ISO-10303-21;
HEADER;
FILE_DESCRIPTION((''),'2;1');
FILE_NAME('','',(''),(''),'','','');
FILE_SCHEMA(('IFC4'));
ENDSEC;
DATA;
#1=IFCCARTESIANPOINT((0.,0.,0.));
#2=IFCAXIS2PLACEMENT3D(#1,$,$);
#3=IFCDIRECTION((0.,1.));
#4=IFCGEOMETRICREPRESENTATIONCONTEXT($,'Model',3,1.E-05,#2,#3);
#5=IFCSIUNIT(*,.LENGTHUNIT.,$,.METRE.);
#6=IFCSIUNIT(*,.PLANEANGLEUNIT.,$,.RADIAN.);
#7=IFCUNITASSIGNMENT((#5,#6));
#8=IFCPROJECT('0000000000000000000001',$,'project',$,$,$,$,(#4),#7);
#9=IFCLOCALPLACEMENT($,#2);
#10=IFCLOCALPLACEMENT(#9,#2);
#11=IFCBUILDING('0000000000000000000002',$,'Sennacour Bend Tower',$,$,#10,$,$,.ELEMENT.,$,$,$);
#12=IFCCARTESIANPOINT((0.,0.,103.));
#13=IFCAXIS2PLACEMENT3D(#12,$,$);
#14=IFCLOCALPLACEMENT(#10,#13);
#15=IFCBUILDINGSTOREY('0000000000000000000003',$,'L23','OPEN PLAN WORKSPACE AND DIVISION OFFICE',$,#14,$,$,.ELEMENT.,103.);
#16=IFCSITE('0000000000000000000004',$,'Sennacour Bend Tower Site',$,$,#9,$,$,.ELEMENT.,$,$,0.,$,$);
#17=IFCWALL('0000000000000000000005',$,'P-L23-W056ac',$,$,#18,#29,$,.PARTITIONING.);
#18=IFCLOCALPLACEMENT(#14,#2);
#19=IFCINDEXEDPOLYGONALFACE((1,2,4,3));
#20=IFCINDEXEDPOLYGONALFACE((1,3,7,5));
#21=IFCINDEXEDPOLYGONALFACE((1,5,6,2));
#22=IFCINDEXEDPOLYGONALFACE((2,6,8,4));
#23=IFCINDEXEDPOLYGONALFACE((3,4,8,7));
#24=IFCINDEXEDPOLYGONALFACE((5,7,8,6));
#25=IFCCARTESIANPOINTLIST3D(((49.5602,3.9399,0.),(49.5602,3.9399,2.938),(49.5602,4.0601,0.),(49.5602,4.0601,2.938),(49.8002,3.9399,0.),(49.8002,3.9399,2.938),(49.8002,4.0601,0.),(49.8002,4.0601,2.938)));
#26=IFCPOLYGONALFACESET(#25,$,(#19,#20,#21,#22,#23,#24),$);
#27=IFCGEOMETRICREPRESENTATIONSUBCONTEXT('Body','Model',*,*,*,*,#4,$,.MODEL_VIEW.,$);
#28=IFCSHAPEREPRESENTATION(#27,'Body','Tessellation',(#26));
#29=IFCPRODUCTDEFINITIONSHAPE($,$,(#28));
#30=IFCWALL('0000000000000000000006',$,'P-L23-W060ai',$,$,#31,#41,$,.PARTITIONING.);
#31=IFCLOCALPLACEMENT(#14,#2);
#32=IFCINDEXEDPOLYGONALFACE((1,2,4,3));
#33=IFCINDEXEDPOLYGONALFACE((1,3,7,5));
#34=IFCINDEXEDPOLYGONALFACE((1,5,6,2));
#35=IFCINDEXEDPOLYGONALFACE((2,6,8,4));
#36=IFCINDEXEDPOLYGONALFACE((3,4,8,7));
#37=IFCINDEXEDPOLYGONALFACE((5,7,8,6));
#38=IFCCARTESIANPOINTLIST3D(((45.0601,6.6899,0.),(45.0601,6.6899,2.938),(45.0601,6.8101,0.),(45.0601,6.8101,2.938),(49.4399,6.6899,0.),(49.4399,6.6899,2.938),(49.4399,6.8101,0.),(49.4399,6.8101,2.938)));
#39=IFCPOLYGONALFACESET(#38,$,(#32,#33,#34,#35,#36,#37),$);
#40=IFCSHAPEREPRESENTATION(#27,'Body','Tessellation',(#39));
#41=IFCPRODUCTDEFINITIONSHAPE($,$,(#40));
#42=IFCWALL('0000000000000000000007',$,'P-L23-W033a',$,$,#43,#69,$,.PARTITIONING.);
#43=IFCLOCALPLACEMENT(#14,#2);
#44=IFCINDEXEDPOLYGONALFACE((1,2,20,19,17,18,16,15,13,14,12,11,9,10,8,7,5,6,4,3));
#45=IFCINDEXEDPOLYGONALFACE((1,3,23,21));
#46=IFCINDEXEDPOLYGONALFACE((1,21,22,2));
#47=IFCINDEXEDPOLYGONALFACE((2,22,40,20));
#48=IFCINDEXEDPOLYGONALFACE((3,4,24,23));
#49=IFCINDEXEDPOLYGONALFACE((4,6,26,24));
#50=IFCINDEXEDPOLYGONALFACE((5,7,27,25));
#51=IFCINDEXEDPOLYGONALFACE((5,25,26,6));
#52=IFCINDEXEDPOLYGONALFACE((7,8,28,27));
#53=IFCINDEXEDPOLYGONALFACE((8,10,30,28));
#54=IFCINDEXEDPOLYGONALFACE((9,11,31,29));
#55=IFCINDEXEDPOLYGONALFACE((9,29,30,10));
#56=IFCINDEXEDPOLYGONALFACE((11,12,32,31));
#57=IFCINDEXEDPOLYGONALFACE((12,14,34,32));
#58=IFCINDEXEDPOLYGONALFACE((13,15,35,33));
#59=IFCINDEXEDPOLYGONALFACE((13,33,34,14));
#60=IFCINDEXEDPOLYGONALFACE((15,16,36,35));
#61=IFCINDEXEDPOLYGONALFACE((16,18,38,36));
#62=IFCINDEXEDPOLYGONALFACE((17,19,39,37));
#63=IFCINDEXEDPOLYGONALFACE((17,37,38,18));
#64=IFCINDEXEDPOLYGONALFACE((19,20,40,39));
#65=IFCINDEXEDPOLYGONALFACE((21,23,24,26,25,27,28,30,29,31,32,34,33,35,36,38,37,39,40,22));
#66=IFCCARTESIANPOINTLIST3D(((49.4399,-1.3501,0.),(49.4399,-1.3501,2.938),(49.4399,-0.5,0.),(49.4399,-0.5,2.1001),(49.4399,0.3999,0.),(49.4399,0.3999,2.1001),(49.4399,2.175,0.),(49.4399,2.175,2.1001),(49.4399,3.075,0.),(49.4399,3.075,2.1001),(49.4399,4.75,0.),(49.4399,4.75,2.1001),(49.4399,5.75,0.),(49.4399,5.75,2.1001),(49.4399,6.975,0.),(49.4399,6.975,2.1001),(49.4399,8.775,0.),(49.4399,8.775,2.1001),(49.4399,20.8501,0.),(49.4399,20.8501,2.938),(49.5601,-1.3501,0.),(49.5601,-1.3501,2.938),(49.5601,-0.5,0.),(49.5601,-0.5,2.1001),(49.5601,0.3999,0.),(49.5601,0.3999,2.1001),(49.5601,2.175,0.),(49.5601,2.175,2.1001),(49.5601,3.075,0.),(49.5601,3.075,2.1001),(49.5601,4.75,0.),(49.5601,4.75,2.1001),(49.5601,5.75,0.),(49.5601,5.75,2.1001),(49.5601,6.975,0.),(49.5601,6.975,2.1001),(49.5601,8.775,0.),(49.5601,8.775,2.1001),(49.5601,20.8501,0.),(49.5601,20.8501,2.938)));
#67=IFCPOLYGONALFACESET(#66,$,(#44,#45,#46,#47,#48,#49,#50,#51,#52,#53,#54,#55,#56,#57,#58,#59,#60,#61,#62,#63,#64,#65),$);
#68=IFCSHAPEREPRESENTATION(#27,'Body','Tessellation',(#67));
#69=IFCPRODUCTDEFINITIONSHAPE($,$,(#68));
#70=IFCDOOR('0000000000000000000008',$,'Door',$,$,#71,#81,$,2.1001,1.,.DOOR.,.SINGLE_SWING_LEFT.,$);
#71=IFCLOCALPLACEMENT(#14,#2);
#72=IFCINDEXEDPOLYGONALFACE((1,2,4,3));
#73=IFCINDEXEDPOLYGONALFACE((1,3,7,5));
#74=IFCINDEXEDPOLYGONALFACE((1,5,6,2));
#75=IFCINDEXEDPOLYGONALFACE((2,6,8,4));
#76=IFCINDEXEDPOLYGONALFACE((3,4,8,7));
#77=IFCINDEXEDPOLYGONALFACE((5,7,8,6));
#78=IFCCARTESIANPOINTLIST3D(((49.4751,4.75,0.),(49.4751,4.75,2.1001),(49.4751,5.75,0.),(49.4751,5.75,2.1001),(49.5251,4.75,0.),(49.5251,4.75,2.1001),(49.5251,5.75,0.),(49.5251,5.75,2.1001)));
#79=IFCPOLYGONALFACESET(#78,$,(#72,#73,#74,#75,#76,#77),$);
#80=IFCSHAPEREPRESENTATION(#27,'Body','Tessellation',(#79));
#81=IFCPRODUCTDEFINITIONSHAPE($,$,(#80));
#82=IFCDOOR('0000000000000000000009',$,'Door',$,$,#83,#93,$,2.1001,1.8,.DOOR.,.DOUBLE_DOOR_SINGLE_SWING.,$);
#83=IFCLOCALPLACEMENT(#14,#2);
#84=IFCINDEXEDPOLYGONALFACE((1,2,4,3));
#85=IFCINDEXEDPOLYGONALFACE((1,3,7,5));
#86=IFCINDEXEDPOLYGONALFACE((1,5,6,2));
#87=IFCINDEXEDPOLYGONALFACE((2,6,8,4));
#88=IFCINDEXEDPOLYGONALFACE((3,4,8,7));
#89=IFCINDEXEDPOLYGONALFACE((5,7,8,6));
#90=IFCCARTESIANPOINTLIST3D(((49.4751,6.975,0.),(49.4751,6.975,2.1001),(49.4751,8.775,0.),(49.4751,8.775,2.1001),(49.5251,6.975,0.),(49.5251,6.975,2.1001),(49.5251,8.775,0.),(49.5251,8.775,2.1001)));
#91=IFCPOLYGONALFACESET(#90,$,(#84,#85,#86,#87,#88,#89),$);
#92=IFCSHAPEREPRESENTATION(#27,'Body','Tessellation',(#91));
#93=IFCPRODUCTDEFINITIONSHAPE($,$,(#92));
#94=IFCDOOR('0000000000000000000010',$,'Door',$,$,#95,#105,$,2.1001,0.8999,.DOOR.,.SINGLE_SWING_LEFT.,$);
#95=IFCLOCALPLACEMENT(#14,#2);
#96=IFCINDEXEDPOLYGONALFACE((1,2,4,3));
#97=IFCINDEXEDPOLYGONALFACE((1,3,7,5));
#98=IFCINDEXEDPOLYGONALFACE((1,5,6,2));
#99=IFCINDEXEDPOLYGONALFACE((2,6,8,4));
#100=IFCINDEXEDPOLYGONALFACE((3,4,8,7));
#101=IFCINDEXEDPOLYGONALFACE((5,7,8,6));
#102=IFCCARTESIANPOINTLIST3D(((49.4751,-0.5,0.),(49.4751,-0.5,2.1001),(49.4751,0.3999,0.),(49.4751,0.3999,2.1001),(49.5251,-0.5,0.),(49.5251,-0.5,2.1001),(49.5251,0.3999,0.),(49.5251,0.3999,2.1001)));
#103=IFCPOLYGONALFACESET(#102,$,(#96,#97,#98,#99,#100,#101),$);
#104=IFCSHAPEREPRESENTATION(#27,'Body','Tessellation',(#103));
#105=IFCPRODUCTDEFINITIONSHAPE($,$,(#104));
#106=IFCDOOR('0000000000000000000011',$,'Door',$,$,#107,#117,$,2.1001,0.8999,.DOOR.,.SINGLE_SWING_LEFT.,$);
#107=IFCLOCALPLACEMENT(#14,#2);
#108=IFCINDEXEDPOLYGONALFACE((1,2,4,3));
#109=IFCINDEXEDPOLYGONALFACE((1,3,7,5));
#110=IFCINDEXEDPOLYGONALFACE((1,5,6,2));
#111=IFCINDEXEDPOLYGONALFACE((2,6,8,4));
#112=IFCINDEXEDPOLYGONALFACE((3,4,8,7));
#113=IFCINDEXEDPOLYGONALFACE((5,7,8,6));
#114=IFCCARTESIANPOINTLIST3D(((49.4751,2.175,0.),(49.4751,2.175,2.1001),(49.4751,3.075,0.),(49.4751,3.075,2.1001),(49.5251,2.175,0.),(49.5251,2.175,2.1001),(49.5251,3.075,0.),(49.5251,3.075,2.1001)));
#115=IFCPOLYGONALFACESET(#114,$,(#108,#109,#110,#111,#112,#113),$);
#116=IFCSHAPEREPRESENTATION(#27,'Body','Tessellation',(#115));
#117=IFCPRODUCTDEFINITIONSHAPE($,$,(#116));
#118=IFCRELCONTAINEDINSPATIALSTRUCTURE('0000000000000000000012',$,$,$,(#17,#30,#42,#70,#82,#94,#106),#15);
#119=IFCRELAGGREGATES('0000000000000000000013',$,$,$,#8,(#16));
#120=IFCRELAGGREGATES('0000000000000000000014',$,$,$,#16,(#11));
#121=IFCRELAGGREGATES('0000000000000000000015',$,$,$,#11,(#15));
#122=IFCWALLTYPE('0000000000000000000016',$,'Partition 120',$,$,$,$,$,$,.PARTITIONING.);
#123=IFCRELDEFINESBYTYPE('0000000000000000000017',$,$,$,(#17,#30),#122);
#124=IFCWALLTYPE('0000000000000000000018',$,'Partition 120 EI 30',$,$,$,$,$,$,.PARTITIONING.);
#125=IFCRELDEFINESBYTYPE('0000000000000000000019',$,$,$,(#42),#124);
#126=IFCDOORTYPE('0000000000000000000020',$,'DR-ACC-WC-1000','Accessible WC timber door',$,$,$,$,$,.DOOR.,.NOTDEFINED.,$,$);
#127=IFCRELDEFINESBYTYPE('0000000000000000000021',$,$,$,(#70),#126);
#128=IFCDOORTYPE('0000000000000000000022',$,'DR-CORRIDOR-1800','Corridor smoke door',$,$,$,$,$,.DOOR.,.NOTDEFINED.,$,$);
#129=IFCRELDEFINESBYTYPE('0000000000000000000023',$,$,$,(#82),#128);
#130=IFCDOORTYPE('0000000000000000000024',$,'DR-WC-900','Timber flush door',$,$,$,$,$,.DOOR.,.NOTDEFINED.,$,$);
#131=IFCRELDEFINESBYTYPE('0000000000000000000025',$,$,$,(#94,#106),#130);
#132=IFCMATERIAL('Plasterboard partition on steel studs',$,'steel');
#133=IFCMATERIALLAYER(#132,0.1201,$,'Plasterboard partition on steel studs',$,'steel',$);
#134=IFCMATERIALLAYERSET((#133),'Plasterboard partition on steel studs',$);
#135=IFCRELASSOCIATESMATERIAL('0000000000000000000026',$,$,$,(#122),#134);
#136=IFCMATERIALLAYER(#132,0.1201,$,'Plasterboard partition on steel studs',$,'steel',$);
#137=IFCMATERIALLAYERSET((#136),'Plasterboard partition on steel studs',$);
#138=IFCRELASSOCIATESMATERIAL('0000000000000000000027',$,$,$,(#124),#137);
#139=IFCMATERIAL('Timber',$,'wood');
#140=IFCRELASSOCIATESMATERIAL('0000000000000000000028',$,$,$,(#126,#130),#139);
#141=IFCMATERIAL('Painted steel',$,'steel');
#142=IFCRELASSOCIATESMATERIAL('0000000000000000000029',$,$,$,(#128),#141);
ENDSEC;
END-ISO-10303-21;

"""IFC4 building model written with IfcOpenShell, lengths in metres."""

from ifc_helpers import new_model, si_unit, direction, frame, frame_2d, origin, place, context, subcontext, project, spatial, rectangle, extrude, material, layer, layer_set, type_object, element, fill, save


model = new_model("IFC4")

# Units and contexts
model_context = context("Model", 3, precision=1e-05, world=origin(), true_north=direction((0.0, 1.0)))
body_context = subcontext(model_context, "Body", "Model", "MODEL_VIEW")
ifc_project = project(units=[si_unit("LENGTHUNIT", "METRE"), si_unit("PLANEANGLEUNIT", "RADIAN")], contexts=[model_context])

# Site, building, storey
site_placement = place(None, origin())
site = spatial("IfcSite", under=ifc_project, at=site_placement, Name="Sennacour Bend Tower Site", CompositionType="ELEMENT", RefElevation=0.0)
building_placement = place(site_placement, origin())
building = spatial("IfcBuilding", under=site, at=building_placement, Name="Sennacour Bend Tower", CompositionType="ELEMENT")
storey_placement = place(building_placement, frame((0.0, 0.0, 103.0)))
storey = spatial("IfcBuildingStorey", under=building, at=storey_placement, Name="L23", Description="OPEN PLAN WORKSPACE AND DIVISION OFFICE", CompositionType="ELEMENT", Elevation=103.0)

# Walls
ifc_material_1 = material(Name="Plasterboard partition on steel studs", Category="steel")
ifc_layer_1 = layer(ifc_material_1, 0.1201, Name="Plasterboard partition on steel studs", Category="steel")
ifc_layer_set_1 = layer_set([ifc_layer_1], Name="Plasterboard partition on steel studs")
wall_type_1 = type_object("IfcWallType", Name="Partition 120", PredefinedType="PARTITIONING", material=ifc_layer_set_1)
wall_1_placement = place(storey_placement, frame((49.5601, 4.0, 0.0), z_axis=(0.0, 0.0, 1.0), x_axis=(1.0, 0.0, 0.0)))
element("IfcWall", 1, at=wall_1_placement, inside=storey, type_object=wall_type_1, Name="P-L23-W056ac", PredefinedType="PARTITIONING", context=body_context, shape_type="SweptSolid", body=[
    extrude(rectangle(XDim=0.24, YDim=0.1201, at=frame_2d((0.1201, 0.0))), origin(), (0.0, 0.0, 1.0), 2.938),
])
wall_2_placement = place(storey_placement, frame((45.0601, 6.75, 0.0), z_axis=(0.0, 0.0, 1.0), x_axis=(1.0, 0.0, 0.0)))
element("IfcWall", 2, at=wall_2_placement, inside=storey, type_object=wall_type_1, Name="P-L23-W060ai", PredefinedType="PARTITIONING", context=body_context, shape_type="SweptSolid", body=[
    extrude(rectangle(XDim=4.3799, YDim=0.1201, at=frame_2d((2.1899, 0.0))), origin(), (0.0, 0.0, 1.0), 2.938),
])

# Wall, openings, doors
ifc_layer_2 = layer(ifc_material_1, 0.1201, Name="Plasterboard partition on steel studs", Category="steel")
ifc_layer_set_2 = layer_set([ifc_layer_2], Name="Plasterboard partition on steel studs")
wall_type_2 = type_object("IfcWallType", Name="Partition 120 EI 30", PredefinedType="PARTITIONING", material=ifc_layer_set_2)
wall_3_placement = place(storey_placement, frame((49.5, -1.3501, 0.0), z_axis=(0.0, 0.0, 1.0), x_axis=(0.0, 1.0, 0.0)))
wall_3 = element("IfcWall", 3, at=wall_3_placement, inside=storey, type_object=wall_type_2, Name="P-L23-W033a", PredefinedType="PARTITIONING", context=body_context, shape_type="SweptSolid", body=[
    extrude(rectangle(XDim=22.2002, YDim=0.1201, at=frame_2d((11.1001, 0.0))), origin(), (0.0, 0.0, 1.0), 2.938),
])
opening_1_placement = place(wall_3_placement, frame((8.3252, 0.0, 0.0)))
opening_1 = element("IfcOpeningElement", 4, at=opening_1_placement, cuts=wall_3, PredefinedType="OPENING", context=body_context, shape_type="SweptSolid", body=[
    extrude(rectangle(XDim=1.8, YDim=2.1001, at=frame_2d((0.8999, 1.05))), frame((0.0, 0.0701, 0.0), z_axis=(0.0, -1.0, 0.0), x_axis=(1.0, 0.0, 0.0)), (0.0, 0.0, 1.0), 0.1401),
])
opening_2_placement = place(wall_3_placement, frame((0.8501, 0.0, 0.0)))
opening_2 = element("IfcOpeningElement", 5, at=opening_2_placement, cuts=wall_3, PredefinedType="OPENING", context=body_context, shape_type="SweptSolid", body=[
    extrude(rectangle(XDim=0.8999, YDim=2.1001, at=frame_2d((0.45, 1.05))), frame((0.0, 0.0701, 0.0), z_axis=(0.0, -1.0, 0.0), x_axis=(1.0, 0.0, 0.0)), (0.0, 0.0, 1.0), 0.1401),
])
opening_3_placement = place(wall_3_placement, frame((3.5251, 0.0, 0.0)))
opening_3 = element("IfcOpeningElement", 6, at=opening_3_placement, cuts=wall_3, PredefinedType="OPENING", context=body_context, shape_type="SweptSolid", body=[
    extrude(rectangle(XDim=0.8999, YDim=2.1001, at=frame_2d((0.45, 1.05))), frame((0.0, 0.0701, 0.0), z_axis=(0.0, -1.0, 0.0), x_axis=(1.0, 0.0, 0.0)), (0.0, 0.0, 1.0), 0.1401),
])
opening_4_placement = place(wall_3_placement, frame((6.1001, 0.0, 0.0)))
opening_4 = element("IfcOpeningElement", 7, at=opening_4_placement, cuts=wall_3, PredefinedType="OPENING", context=body_context, shape_type="SweptSolid", body=[
    extrude(rectangle(XDim=1.0, YDim=2.1001, at=frame_2d((0.5, 1.05))), frame((0.0, 0.0701, 0.0), z_axis=(0.0, -1.0, 0.0), x_axis=(1.0, 0.0, 0.0)), (0.0, 0.0, 1.0), 0.1401),
])
ifc_material_2 = material(Name="Timber", Category="wood")
door_type_1 = type_object("IfcDoorType", Name="DR-ACC-WC-1000", Description="Accessible WC timber door", OperationType="NOTDEFINED", PredefinedType="DOOR", material=ifc_material_2)
door_1_placement = place(opening_4_placement, origin())
door_1 = element("IfcDoor", 8, at=door_1_placement, inside=storey, type_object=door_type_1, Name="Door", OperationType="SINGLE_SWING_LEFT", OverallHeight=2.1001, OverallWidth=1.0, PredefinedType="DOOR", context=body_context, shape_type="SweptSolid", body=[
    extrude(rectangle(XDim=1.0, YDim=2.1001, at=frame_2d((0.5, 1.05))), frame((0.0, 0.0249, 0.0), z_axis=(0.0, -1.0, 0.0), x_axis=(1.0, 0.0, 0.0)), (0.0, 0.0, 1.0), 0.05),
])
fill(opening_4, door_1)
ifc_material_3 = material(Name="Painted steel", Category="steel")
door_type_2 = type_object("IfcDoorType", Name="DR-CORRIDOR-1800", Description="Corridor smoke door", OperationType="NOTDEFINED", PredefinedType="DOOR", material=ifc_material_3)
door_2_placement = place(opening_1_placement, origin())
door_2 = element("IfcDoor", 9, at=door_2_placement, inside=storey, type_object=door_type_2, Name="Door", OperationType="DOUBLE_DOOR_SINGLE_SWING", OverallHeight=2.1001, OverallWidth=1.8, PredefinedType="DOOR", context=body_context, shape_type="SweptSolid", body=[
    extrude(rectangle(XDim=1.8, YDim=2.1001, at=frame_2d((0.8999, 1.05))), frame((0.0, 0.0249, 0.0), z_axis=(0.0, -1.0, 0.0), x_axis=(1.0, 0.0, 0.0)), (0.0, 0.0, 1.0), 0.05),
])
fill(opening_1, door_2)
door_type_3 = type_object("IfcDoorType", Name="DR-WC-900", Description="Timber flush door", OperationType="NOTDEFINED", PredefinedType="DOOR", material=ifc_material_2)
door_3_placement = place(opening_2_placement, origin())
door_3 = element("IfcDoor", 10, at=door_3_placement, inside=storey, type_object=door_type_3, Name="Door", OperationType="SINGLE_SWING_LEFT", OverallHeight=2.1001, OverallWidth=0.8999, PredefinedType="DOOR", context=body_context, shape_type="SweptSolid", body=[
    extrude(rectangle(XDim=0.8999, YDim=2.1001, at=frame_2d((0.45, 1.05))), frame((0.0, 0.0249, 0.0), z_axis=(0.0, -1.0, 0.0), x_axis=(1.0, 0.0, 0.0)), (0.0, 0.0, 1.0), 0.05),
])
fill(opening_2, door_3)
door_4_placement = place(opening_3_placement, origin())
door_4 = element("IfcDoor", 11, at=door_4_placement, inside=storey, type_object=door_type_3, Name="Door", OperationType="SINGLE_SWING_LEFT", OverallHeight=2.1001, OverallWidth=0.8999, PredefinedType="DOOR", context=body_context, shape_type="SweptSolid", body=[
    extrude(rectangle(XDim=0.8999, YDim=2.1001, at=frame_2d((0.45, 1.05))), frame((0.0, 0.0249, 0.0), z_axis=(0.0, -1.0, 0.0), x_axis=(1.0, 0.0, 0.0)), (0.0, 0.0, 1.0), 0.05),
])
fill(opening_3, door_4)

save(model, "model.ifc")
